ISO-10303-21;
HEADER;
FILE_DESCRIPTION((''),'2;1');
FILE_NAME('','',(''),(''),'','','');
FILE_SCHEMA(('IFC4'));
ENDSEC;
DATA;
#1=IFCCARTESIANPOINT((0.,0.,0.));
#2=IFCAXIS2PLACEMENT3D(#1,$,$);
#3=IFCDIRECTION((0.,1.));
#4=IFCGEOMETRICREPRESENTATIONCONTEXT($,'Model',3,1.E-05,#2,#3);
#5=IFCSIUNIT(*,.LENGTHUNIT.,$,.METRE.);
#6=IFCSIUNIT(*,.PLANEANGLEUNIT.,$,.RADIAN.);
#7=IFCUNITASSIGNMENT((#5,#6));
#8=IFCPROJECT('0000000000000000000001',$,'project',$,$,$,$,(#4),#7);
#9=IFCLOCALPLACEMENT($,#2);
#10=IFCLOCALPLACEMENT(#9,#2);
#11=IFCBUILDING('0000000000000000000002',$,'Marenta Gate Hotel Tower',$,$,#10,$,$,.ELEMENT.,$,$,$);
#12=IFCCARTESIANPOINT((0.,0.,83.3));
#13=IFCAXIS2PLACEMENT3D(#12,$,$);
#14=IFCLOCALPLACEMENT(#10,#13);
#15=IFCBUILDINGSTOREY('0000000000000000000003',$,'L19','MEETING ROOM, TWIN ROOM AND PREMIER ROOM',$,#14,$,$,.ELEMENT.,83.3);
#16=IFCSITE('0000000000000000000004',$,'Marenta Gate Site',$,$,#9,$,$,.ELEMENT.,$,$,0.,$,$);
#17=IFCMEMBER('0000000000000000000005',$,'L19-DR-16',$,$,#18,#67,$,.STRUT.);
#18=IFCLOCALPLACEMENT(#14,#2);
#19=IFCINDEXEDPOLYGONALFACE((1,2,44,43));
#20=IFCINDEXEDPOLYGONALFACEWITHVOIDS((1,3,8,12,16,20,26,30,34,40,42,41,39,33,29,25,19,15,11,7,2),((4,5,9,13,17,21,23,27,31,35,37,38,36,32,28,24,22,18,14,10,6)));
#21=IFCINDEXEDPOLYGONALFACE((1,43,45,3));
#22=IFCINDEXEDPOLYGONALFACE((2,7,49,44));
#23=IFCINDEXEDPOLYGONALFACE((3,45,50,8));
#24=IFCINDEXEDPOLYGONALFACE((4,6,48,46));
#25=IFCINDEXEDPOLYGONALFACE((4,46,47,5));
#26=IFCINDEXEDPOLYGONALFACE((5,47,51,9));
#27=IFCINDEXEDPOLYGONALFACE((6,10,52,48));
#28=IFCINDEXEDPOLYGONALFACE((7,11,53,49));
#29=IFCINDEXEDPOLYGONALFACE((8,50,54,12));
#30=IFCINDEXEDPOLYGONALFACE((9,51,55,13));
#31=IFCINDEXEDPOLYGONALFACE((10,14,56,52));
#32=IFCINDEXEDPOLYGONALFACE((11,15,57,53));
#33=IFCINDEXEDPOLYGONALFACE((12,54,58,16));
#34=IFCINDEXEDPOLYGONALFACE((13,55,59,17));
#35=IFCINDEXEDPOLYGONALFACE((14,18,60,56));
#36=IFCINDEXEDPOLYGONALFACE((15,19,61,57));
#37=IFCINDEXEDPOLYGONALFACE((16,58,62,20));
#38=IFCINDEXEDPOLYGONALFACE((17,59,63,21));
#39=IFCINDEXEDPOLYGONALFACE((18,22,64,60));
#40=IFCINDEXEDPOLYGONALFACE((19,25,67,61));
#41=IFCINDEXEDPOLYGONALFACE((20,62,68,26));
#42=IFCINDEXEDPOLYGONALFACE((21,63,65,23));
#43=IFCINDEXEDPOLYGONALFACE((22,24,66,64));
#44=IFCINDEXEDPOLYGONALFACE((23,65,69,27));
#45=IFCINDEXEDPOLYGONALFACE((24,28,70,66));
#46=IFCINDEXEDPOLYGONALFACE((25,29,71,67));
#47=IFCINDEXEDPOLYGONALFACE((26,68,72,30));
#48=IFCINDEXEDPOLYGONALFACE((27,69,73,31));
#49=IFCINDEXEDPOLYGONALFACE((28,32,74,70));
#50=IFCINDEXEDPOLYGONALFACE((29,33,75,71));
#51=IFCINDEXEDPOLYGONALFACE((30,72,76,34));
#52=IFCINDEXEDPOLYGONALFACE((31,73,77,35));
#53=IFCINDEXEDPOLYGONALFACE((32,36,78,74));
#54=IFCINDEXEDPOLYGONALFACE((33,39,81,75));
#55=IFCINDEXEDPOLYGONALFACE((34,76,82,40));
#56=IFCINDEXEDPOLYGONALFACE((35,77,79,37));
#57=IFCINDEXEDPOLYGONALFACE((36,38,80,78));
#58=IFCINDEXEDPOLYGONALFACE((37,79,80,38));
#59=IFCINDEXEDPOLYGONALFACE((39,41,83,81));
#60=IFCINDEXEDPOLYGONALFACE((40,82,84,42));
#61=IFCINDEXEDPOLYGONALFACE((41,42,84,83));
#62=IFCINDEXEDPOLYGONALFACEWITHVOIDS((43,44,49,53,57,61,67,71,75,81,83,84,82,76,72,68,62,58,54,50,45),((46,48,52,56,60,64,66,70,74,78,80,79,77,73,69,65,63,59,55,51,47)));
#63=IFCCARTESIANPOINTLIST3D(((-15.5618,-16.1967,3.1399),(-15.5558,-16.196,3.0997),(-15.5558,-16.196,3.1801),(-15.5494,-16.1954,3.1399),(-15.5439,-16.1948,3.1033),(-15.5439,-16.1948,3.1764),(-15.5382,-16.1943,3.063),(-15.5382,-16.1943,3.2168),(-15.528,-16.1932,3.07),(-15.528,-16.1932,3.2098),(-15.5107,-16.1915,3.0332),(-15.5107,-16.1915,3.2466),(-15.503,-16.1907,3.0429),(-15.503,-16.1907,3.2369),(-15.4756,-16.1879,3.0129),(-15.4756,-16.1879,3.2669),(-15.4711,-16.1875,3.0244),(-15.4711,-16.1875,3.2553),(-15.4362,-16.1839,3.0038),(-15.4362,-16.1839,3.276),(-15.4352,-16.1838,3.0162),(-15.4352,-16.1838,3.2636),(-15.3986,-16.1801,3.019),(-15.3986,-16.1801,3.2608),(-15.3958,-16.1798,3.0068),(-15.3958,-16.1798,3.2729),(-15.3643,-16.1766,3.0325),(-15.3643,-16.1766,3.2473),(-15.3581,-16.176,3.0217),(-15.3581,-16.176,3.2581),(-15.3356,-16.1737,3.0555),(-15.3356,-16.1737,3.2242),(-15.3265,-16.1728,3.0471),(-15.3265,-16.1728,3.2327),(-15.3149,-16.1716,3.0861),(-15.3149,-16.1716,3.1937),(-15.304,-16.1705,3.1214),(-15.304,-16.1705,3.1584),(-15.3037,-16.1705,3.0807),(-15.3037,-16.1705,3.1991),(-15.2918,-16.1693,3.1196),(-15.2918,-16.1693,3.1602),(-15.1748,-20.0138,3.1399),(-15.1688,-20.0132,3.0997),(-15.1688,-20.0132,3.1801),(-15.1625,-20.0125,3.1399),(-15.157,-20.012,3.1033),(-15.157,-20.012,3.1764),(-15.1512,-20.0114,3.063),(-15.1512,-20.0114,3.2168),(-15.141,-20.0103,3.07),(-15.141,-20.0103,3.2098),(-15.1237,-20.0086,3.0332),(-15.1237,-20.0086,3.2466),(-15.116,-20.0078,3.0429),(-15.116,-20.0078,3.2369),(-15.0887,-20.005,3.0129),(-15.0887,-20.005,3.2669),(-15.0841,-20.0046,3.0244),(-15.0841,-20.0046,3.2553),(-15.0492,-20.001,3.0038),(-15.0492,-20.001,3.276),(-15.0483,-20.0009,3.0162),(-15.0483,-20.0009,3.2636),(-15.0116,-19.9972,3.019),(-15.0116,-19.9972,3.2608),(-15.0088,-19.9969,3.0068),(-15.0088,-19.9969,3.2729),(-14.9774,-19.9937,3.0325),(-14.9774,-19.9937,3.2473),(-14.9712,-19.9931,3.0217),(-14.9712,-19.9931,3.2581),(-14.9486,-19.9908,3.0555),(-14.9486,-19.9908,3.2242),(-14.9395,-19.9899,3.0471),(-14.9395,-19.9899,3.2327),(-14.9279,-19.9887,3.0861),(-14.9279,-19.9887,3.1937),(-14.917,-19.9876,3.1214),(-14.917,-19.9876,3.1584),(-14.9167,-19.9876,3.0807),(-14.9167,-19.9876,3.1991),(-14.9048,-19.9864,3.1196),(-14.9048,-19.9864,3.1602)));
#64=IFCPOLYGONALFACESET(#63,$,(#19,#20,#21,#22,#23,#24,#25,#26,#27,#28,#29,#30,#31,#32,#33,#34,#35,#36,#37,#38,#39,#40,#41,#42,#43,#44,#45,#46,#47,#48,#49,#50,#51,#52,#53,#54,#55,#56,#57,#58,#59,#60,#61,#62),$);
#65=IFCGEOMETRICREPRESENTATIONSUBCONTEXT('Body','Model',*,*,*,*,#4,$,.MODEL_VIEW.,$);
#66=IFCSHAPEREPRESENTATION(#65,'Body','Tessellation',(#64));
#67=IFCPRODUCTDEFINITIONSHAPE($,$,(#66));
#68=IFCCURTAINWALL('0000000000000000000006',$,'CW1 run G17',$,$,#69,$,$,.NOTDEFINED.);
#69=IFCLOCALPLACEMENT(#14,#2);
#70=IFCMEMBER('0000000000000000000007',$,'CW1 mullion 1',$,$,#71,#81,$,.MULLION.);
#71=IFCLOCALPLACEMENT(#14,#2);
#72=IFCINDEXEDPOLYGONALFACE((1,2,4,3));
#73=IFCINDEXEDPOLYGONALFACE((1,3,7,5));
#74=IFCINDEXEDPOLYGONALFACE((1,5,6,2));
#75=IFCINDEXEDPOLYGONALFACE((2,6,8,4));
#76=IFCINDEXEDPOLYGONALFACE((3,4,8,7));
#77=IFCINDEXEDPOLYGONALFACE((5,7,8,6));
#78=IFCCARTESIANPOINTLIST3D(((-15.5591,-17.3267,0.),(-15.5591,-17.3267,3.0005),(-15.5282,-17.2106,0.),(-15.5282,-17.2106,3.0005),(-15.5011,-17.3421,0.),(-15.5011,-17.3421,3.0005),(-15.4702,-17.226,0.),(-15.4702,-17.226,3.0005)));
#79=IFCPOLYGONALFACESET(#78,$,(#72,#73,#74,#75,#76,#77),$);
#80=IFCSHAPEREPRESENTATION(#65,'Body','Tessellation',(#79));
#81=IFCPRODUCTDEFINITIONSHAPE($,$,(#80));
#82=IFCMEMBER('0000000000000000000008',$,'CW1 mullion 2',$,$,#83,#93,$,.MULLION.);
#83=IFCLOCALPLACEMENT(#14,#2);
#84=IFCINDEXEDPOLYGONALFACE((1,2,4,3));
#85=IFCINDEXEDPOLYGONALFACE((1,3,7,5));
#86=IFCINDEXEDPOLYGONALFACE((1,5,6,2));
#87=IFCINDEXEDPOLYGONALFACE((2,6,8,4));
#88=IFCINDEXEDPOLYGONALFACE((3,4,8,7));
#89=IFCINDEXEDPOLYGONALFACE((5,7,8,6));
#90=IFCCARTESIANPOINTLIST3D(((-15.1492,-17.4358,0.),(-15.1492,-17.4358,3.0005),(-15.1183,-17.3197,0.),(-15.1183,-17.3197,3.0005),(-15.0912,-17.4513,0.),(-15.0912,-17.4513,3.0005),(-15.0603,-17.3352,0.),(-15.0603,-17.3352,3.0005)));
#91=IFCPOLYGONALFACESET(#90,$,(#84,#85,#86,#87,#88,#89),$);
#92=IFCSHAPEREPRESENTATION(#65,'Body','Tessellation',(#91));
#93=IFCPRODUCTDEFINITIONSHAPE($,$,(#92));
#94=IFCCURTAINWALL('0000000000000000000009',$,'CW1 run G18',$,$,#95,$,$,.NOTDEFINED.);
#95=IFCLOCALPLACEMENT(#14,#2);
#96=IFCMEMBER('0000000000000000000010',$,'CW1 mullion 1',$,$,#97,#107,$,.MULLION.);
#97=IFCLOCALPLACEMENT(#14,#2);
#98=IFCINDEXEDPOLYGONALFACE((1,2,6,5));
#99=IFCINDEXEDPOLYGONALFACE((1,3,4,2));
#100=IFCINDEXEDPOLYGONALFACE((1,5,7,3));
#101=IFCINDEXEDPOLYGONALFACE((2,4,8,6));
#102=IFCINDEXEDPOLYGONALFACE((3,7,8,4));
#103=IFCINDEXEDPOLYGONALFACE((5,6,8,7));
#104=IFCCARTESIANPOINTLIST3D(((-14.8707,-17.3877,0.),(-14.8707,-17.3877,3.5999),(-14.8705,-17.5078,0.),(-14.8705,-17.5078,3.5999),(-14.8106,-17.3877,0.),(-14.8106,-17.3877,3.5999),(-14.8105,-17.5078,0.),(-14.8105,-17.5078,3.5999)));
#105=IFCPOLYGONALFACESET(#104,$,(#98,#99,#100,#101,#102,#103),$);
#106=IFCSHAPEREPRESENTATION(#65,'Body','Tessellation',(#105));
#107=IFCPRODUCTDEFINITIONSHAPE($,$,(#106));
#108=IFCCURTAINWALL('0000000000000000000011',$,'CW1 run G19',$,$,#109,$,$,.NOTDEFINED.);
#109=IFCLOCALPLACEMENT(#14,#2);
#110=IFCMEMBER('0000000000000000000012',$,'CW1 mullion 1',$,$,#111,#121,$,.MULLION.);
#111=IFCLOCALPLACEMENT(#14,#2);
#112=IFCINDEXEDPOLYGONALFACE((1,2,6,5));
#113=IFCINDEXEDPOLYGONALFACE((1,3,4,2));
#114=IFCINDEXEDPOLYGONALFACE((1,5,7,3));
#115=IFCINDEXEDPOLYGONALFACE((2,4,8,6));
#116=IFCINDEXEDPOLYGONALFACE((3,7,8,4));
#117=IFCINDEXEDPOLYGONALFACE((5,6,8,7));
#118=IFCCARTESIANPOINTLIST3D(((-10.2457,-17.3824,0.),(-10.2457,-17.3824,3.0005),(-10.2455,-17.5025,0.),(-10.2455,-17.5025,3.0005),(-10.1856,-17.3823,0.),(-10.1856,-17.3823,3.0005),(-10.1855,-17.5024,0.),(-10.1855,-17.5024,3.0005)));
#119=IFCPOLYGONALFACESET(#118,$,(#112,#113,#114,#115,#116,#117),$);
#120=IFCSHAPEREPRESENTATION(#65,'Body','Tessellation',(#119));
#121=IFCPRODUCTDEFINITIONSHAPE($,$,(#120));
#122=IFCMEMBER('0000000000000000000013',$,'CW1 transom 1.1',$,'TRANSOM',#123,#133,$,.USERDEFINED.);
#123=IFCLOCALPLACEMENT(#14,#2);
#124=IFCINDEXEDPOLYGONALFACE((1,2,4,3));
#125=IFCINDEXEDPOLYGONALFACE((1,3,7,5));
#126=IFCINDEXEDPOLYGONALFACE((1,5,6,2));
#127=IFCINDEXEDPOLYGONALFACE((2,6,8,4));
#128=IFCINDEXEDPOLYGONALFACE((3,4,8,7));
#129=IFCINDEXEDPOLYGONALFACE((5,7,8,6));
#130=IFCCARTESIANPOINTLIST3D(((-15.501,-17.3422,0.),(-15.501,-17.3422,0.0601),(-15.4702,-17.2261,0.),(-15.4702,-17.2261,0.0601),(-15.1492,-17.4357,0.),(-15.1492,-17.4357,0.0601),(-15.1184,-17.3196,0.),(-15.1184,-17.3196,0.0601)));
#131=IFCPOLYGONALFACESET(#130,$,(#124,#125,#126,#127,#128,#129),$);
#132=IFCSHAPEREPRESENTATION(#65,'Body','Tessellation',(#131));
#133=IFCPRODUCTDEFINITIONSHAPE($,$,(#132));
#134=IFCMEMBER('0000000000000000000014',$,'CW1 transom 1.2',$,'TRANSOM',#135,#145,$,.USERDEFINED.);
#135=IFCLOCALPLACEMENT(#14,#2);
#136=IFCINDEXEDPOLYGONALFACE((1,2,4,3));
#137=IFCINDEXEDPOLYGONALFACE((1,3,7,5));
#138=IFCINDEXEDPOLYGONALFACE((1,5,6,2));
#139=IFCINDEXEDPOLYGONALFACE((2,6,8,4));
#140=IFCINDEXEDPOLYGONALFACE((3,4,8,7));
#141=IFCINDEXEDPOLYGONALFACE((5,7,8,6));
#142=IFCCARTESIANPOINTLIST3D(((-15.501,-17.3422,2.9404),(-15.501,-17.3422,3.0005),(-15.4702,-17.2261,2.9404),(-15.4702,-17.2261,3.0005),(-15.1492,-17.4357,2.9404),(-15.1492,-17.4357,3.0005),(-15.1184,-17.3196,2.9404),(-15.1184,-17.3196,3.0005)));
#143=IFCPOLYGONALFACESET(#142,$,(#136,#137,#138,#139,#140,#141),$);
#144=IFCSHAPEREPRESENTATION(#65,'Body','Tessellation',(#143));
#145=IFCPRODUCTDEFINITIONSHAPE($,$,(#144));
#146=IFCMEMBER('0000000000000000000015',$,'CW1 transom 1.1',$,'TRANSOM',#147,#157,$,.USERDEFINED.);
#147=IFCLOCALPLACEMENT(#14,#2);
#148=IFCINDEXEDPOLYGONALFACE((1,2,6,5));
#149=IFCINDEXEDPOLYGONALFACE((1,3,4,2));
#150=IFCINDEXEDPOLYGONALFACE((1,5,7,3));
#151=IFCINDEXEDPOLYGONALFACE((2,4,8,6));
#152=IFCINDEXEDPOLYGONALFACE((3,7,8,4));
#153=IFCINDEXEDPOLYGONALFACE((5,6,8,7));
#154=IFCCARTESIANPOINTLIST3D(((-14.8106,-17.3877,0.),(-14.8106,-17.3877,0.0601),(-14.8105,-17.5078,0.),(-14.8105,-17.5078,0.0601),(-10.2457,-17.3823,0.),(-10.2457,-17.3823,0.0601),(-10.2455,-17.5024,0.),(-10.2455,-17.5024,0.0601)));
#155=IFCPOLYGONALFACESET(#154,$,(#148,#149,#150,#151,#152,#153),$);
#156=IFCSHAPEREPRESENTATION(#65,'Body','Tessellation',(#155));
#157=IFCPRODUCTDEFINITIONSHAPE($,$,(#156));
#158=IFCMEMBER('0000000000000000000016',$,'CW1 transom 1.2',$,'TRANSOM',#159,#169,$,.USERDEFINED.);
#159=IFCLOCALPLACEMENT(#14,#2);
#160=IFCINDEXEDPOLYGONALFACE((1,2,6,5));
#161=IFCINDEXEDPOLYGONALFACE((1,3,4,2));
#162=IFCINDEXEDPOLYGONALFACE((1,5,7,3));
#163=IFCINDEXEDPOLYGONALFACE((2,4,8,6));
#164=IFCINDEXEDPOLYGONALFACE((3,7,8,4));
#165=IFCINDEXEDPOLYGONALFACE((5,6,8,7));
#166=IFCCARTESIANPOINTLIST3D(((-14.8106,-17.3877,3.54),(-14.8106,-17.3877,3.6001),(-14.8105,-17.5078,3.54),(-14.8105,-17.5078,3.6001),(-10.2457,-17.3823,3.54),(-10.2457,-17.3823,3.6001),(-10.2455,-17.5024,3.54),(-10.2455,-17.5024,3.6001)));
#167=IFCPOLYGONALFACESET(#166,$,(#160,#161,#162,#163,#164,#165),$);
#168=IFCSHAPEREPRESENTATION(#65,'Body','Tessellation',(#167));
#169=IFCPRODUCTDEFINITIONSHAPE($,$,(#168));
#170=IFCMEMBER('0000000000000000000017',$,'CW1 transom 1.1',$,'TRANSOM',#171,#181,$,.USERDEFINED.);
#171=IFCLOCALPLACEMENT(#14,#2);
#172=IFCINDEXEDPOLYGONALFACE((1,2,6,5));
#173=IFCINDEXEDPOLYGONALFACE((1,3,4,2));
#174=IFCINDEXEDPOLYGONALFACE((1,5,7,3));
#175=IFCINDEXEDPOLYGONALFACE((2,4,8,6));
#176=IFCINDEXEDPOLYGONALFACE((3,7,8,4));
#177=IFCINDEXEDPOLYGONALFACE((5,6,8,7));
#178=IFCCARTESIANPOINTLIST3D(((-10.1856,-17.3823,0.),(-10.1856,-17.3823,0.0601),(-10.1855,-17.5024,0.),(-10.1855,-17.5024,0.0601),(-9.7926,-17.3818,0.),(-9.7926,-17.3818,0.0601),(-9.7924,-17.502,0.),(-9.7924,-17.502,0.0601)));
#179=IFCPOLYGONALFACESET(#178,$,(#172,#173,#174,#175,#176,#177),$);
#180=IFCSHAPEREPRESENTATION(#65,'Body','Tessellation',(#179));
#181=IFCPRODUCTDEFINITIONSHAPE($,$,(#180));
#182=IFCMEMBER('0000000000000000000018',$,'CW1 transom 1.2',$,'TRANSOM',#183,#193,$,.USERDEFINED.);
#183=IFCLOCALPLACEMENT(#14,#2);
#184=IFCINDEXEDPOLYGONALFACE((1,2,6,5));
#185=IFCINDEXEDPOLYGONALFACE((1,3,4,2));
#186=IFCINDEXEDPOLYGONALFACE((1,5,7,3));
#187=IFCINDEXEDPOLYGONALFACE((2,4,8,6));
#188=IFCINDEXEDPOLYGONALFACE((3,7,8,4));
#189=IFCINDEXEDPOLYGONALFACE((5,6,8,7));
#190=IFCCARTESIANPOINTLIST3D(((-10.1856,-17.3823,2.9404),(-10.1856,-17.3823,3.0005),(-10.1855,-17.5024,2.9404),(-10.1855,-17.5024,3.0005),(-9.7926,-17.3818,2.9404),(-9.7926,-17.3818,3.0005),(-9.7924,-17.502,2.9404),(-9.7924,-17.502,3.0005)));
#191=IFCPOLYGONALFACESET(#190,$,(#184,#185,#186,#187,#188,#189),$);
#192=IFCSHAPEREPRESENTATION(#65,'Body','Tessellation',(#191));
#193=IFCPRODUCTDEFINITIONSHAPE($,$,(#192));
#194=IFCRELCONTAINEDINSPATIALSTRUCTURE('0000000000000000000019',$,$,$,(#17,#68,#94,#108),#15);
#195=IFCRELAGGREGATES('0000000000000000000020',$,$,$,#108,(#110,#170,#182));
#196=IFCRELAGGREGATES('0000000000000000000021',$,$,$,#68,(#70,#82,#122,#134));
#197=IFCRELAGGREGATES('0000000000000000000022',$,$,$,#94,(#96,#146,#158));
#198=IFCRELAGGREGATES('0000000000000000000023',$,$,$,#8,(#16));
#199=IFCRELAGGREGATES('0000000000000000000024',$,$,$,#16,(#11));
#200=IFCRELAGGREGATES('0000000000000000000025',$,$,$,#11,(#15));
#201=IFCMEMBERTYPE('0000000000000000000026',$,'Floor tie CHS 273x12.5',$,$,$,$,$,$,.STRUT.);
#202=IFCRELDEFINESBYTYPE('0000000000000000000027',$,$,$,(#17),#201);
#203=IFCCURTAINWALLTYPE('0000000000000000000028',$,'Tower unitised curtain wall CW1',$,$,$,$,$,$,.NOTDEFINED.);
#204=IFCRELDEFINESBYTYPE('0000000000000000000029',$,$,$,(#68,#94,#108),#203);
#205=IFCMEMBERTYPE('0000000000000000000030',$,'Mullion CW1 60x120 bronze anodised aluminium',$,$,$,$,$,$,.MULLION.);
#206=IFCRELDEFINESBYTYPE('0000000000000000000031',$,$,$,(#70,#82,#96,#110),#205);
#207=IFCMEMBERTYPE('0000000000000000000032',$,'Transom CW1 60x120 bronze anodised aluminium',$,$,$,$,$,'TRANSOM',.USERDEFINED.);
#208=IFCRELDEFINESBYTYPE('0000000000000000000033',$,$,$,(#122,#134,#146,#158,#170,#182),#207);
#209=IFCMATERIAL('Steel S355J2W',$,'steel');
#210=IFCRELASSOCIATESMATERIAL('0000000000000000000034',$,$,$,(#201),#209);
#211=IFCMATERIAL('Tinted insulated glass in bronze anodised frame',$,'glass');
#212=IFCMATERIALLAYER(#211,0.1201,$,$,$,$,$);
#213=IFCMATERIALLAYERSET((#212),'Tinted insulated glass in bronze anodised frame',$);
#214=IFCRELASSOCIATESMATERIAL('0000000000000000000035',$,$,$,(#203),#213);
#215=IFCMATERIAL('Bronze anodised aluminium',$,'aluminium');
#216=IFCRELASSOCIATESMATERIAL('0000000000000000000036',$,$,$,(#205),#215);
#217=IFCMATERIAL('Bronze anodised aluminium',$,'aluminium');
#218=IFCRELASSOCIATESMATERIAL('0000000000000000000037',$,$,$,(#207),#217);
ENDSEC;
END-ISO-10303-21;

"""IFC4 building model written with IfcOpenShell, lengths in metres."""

from ifc_helpers import new_model, si_unit, direction, frame, origin, origin_2d, place, context, subcontext, project, spatial, rectangle, hollow_circle, extrude, material, layer, layer_set, material_profile, profile_set, type_object, element, aggregate, save


model = new_model("IFC4")

# Units and contexts
model_context = context("Model", 3, precision=1e-05, world=origin(), true_north=direction((0.0, 1.0)))
body_context = subcontext(model_context, "Body", "Model", "MODEL_VIEW")
ifc_project = project(units=[si_unit("LENGTHUNIT", "METRE"), si_unit("PLANEANGLEUNIT", "RADIAN")], contexts=[model_context])

# Site, building, storey
site_placement = place(None, origin())
site = spatial("IfcSite", under=ifc_project, at=site_placement, Name="Marenta Gate Site", CompositionType="ELEMENT", RefElevation=0.0)
building_placement = place(site_placement, origin())
building = spatial("IfcBuilding", under=site, at=building_placement, Name="Marenta Gate Hotel Tower", CompositionType="ELEMENT")
storey_placement = place(building_placement, frame((0.0, 0.0, 83.3)))
storey = spatial("IfcBuildingStorey", under=building, at=storey_placement, Name="L19", Description="MEETING ROOM, TWIN ROOM AND PREMIER ROOM", CompositionType="ELEMENT", Elevation=83.3)

# Member
ifc_material_1 = material(Name="Steel S355J2W", Category="steel")
ifc_material_profile_1 = material_profile(ifc_material_1, hollow_circle(Radius=0.1365, WallThickness=0.0125, at=origin_2d()), Name="CHS 273x12.5")
ifc_profile_set_1 = profile_set([ifc_material_profile_1], Name="Steel S355J2W")
member_type_1 = type_object("IfcMemberType", Name="Floor tie CHS 273x12.5", PredefinedType="STRUT", material=ifc_profile_set_1)
member_1_placement = place(storey_placement, frame((-15.0391, -20.0, 3.1399), z_axis=(-0.100858, 0.994901, 0.0), x_axis=(-0.994901, -0.100858, 0.0)))
element("IfcMember", 1, at=member_1_placement, inside=storey, type_object=member_type_1, Name="L19-DR-16", PredefinedType="STRUT", context=body_context, shape_type="SweptSolid", body=[
    extrude(hollow_circle(Radius=0.1365, WallThickness=0.0125, at=origin_2d()), origin(), (0.0, 0.0, 1.0), 3.8367),
])

# Curtain wall, members
ifc_material_2 = material(Name="Tinted insulated glass in bronze anodised frame", Category="glass")
ifc_layer_1 = layer(ifc_material_2, 0.1201)
ifc_layer_set_1 = layer_set([ifc_layer_1], Name="Tinted insulated glass in bronze anodised frame")
curtain_wall_type = type_object("IfcCurtainWallType", Name="Tower unitised curtain wall CW1", PredefinedType="NOTDEFINED", material=ifc_layer_set_1)
curtain_wall_1_placement = place(storey_placement, origin())
curtain_wall_1 = element("IfcCurtainWall", 2, at=curtain_wall_1_placement, inside=storey, type_object=curtain_wall_type, Name="CW1 run G17", PredefinedType="NOTDEFINED")
ifc_material_3 = material(Name="Bronze anodised aluminium", Category="aluminium")
ifc_material_profile_2 = material_profile(ifc_material_3, rectangle(XDim=0.1201, YDim=0.0601, at=origin_2d()), Name="Mullion CW1 60x120 bronze anodised aluminium")
ifc_profile_set_2 = profile_set([ifc_material_profile_2], Name="Bronze anodised aluminium")
member_type_2 = type_object("IfcMemberType", Name="Mullion CW1 60x120 bronze anodised aluminium", PredefinedType="MULLION", material=ifc_profile_set_2)
member_2_placement = place(storey_placement, frame((-15.5146, -17.2764, 0.0), z_axis=(0.0, 0.0, 1.0), x_axis=(0.257136, 0.966375, 0.0)))
member_2 = element("IfcMember", 3, at=member_2_placement, type_object=member_type_2, Name="CW1 mullion 1", PredefinedType="MULLION", context=body_context, shape_type="SweptSolid", body=[
    extrude(rectangle(XDim=0.1201, YDim=0.0601, at=origin_2d()), origin(), (0.0, 0.0, 1.0), 3.0005),
])
member_3_placement = place(storey_placement, frame((-15.1047, -17.3855, 0.0), z_axis=(0.0, 0.0, 1.0), x_axis=(0.257136, 0.966375, 0.0)))
member_3 = element("IfcMember", 4, at=member_3_placement, type_object=member_type_2, Name="CW1 mullion 2", PredefinedType="MULLION", context=body_context, shape_type="SweptSolid", body=[
    extrude(rectangle(XDim=0.1201, YDim=0.0601, at=origin_2d()), origin(), (0.0, 0.0, 1.0), 3.0005),
])

# Curtain walls, members
curtain_wall_2_placement = place(storey_placement, origin())
curtain_wall_2 = element("IfcCurtainWall", 5, at=curtain_wall_2_placement, inside=storey, type_object=curtain_wall_type, Name="CW1 run G18", PredefinedType="NOTDEFINED")
member_4_placement = place(storey_placement, frame((-14.8406, -17.4478, 0.0), z_axis=(0.0, 0.0, 1.0), x_axis=(-0.001168, 0.999999, 0.0)))
member_4 = element("IfcMember", 6, at=member_4_placement, type_object=member_type_2, Name="CW1 mullion 1", PredefinedType="MULLION", context=body_context, shape_type="SweptSolid", body=[
    extrude(rectangle(XDim=0.1201, YDim=0.0601, at=origin_2d()), origin(), (0.0, 0.0, 1.0), 3.5999),
])
curtain_wall_3_placement = place(storey_placement, origin())
curtain_wall_3 = element("IfcCurtainWall", 7, at=curtain_wall_3_placement, inside=storey, type_object=curtain_wall_type, Name="CW1 run G19", PredefinedType="NOTDEFINED")
member_5_placement = place(storey_placement, frame((-10.2156, -17.4424, 0.0), z_axis=(0.0, 0.0, 1.0), x_axis=(-0.001104, 0.999999, 0.0)))
member_5 = element("IfcMember", 8, at=member_5_placement, type_object=member_type_2, Name="CW1 mullion 1", PredefinedType="MULLION", context=body_context, shape_type="SweptSolid", body=[
    extrude(rectangle(XDim=0.1201, YDim=0.0601, at=origin_2d()), origin(), (0.0, 0.0, 1.0), 3.0005),
])

# Members
ifc_material_4 = material(Name="Bronze anodised aluminium", Category="aluminium")
ifc_material_profile_3 = material_profile(ifc_material_4, rectangle(XDim=0.1201, YDim=0.0601, at=origin_2d()), Name="Transom CW1 60x120 bronze anodised aluminium")
ifc_profile_set_3 = profile_set([ifc_material_profile_3], Name="Bronze anodised aluminium")
member_type_3 = type_object("IfcMemberType", Name="Transom CW1 60x120 bronze anodised aluminium", ElementType="TRANSOM", PredefinedType="USERDEFINED", material=ifc_profile_set_3)
member_6_placement = place(storey_placement, frame((-15.4856, -17.2842, 0.03), z_axis=(0.966446, -0.256869, 0.0), x_axis=(0.256869, 0.966446, 0.0)))
member_6 = element("IfcMember", 9, at=member_6_placement, type_object=member_type_3, Name="CW1 transom 1.1", ObjectType="TRANSOM", PredefinedType="USERDEFINED", context=body_context, shape_type="SweptSolid", body=[
    extrude(rectangle(XDim=0.1201, YDim=0.0601, at=origin_2d()), origin(), (0.0, 0.0, 1.0), 0.364),
])
member_7_placement = place(storey_placement, frame((-15.4856, -17.2842, 2.9705), z_axis=(0.966446, -0.256869, 0.0), x_axis=(0.256869, 0.966446, 0.0)))
member_7 = element("IfcMember", 10, at=member_7_placement, type_object=member_type_3, Name="CW1 transom 1.2", ObjectType="TRANSOM", PredefinedType="USERDEFINED", context=body_context, shape_type="SweptSolid", body=[
    extrude(rectangle(XDim=0.1201, YDim=0.0601, at=origin_2d()), origin(), (0.0, 0.0, 1.0), 0.364),
])
member_8_placement = place(storey_placement, frame((-14.8105, -17.4478, 0.03), z_axis=(0.999999, 0.001177, 0.0), x_axis=(-0.001177, 0.999999, 0.0)))
member_8 = element("IfcMember", 11, at=member_8_placement, type_object=member_type_3, Name="CW1 transom 1.1", ObjectType="TRANSOM", PredefinedType="USERDEFINED", context=body_context, shape_type="SweptSolid", body=[
    extrude(rectangle(XDim=0.1201, YDim=0.0601, at=origin_2d()), origin(), (0.0, 0.0, 1.0), 4.5649),
])
member_9_placement = place(storey_placement, frame((-14.8105, -17.4478, 3.5701), z_axis=(0.999999, 0.001177, 0.0), x_axis=(-0.001177, 0.999999, 0.0)))
member_9 = element("IfcMember", 12, at=member_9_placement, type_object=member_type_3, Name="CW1 transom 1.2", ObjectType="TRANSOM", PredefinedType="USERDEFINED", context=body_context, shape_type="SweptSolid", body=[
    extrude(rectangle(XDim=0.1201, YDim=0.0601, at=origin_2d()), origin(), (0.0, 0.0, 1.0), 4.5649),
])
member_10_placement = place(storey_placement, frame((-10.1855, -17.4424, 0.03), z_axis=(0.999999, 0.001242, 0.0), x_axis=(-0.001242, 0.999999, 0.0)))
member_10 = element("IfcMember", 13, at=member_10_placement, type_object=member_type_3, Name="CW1 transom 1.1", ObjectType="TRANSOM", PredefinedType="USERDEFINED", context=body_context, shape_type="SweptSolid", body=[
    extrude(rectangle(XDim=0.1201, YDim=0.0601, at=origin_2d()), origin(), (0.0, 0.0, 1.0), 0.3931),
])
member_11_placement = place(storey_placement, frame((-10.1855, -17.4424, 2.9705), z_axis=(0.999999, 0.001242, 0.0), x_axis=(-0.001242, 0.999999, 0.0)))
member_11 = element("IfcMember", 14, at=member_11_placement, type_object=member_type_3, Name="CW1 transom 1.2", ObjectType="TRANSOM", PredefinedType="USERDEFINED", context=body_context, shape_type="SweptSolid", body=[
    extrude(rectangle(XDim=0.1201, YDim=0.0601, at=origin_2d()), origin(), (0.0, 0.0, 1.0), 0.3931),
])
aggregate(curtain_wall_3, [member_5, member_10, member_11])

aggregate(curtain_wall_1, [member_2, member_3, member_6, member_7])
aggregate(curtain_wall_2, [member_4, member_8, member_9])

save(model, "model.ifc")
